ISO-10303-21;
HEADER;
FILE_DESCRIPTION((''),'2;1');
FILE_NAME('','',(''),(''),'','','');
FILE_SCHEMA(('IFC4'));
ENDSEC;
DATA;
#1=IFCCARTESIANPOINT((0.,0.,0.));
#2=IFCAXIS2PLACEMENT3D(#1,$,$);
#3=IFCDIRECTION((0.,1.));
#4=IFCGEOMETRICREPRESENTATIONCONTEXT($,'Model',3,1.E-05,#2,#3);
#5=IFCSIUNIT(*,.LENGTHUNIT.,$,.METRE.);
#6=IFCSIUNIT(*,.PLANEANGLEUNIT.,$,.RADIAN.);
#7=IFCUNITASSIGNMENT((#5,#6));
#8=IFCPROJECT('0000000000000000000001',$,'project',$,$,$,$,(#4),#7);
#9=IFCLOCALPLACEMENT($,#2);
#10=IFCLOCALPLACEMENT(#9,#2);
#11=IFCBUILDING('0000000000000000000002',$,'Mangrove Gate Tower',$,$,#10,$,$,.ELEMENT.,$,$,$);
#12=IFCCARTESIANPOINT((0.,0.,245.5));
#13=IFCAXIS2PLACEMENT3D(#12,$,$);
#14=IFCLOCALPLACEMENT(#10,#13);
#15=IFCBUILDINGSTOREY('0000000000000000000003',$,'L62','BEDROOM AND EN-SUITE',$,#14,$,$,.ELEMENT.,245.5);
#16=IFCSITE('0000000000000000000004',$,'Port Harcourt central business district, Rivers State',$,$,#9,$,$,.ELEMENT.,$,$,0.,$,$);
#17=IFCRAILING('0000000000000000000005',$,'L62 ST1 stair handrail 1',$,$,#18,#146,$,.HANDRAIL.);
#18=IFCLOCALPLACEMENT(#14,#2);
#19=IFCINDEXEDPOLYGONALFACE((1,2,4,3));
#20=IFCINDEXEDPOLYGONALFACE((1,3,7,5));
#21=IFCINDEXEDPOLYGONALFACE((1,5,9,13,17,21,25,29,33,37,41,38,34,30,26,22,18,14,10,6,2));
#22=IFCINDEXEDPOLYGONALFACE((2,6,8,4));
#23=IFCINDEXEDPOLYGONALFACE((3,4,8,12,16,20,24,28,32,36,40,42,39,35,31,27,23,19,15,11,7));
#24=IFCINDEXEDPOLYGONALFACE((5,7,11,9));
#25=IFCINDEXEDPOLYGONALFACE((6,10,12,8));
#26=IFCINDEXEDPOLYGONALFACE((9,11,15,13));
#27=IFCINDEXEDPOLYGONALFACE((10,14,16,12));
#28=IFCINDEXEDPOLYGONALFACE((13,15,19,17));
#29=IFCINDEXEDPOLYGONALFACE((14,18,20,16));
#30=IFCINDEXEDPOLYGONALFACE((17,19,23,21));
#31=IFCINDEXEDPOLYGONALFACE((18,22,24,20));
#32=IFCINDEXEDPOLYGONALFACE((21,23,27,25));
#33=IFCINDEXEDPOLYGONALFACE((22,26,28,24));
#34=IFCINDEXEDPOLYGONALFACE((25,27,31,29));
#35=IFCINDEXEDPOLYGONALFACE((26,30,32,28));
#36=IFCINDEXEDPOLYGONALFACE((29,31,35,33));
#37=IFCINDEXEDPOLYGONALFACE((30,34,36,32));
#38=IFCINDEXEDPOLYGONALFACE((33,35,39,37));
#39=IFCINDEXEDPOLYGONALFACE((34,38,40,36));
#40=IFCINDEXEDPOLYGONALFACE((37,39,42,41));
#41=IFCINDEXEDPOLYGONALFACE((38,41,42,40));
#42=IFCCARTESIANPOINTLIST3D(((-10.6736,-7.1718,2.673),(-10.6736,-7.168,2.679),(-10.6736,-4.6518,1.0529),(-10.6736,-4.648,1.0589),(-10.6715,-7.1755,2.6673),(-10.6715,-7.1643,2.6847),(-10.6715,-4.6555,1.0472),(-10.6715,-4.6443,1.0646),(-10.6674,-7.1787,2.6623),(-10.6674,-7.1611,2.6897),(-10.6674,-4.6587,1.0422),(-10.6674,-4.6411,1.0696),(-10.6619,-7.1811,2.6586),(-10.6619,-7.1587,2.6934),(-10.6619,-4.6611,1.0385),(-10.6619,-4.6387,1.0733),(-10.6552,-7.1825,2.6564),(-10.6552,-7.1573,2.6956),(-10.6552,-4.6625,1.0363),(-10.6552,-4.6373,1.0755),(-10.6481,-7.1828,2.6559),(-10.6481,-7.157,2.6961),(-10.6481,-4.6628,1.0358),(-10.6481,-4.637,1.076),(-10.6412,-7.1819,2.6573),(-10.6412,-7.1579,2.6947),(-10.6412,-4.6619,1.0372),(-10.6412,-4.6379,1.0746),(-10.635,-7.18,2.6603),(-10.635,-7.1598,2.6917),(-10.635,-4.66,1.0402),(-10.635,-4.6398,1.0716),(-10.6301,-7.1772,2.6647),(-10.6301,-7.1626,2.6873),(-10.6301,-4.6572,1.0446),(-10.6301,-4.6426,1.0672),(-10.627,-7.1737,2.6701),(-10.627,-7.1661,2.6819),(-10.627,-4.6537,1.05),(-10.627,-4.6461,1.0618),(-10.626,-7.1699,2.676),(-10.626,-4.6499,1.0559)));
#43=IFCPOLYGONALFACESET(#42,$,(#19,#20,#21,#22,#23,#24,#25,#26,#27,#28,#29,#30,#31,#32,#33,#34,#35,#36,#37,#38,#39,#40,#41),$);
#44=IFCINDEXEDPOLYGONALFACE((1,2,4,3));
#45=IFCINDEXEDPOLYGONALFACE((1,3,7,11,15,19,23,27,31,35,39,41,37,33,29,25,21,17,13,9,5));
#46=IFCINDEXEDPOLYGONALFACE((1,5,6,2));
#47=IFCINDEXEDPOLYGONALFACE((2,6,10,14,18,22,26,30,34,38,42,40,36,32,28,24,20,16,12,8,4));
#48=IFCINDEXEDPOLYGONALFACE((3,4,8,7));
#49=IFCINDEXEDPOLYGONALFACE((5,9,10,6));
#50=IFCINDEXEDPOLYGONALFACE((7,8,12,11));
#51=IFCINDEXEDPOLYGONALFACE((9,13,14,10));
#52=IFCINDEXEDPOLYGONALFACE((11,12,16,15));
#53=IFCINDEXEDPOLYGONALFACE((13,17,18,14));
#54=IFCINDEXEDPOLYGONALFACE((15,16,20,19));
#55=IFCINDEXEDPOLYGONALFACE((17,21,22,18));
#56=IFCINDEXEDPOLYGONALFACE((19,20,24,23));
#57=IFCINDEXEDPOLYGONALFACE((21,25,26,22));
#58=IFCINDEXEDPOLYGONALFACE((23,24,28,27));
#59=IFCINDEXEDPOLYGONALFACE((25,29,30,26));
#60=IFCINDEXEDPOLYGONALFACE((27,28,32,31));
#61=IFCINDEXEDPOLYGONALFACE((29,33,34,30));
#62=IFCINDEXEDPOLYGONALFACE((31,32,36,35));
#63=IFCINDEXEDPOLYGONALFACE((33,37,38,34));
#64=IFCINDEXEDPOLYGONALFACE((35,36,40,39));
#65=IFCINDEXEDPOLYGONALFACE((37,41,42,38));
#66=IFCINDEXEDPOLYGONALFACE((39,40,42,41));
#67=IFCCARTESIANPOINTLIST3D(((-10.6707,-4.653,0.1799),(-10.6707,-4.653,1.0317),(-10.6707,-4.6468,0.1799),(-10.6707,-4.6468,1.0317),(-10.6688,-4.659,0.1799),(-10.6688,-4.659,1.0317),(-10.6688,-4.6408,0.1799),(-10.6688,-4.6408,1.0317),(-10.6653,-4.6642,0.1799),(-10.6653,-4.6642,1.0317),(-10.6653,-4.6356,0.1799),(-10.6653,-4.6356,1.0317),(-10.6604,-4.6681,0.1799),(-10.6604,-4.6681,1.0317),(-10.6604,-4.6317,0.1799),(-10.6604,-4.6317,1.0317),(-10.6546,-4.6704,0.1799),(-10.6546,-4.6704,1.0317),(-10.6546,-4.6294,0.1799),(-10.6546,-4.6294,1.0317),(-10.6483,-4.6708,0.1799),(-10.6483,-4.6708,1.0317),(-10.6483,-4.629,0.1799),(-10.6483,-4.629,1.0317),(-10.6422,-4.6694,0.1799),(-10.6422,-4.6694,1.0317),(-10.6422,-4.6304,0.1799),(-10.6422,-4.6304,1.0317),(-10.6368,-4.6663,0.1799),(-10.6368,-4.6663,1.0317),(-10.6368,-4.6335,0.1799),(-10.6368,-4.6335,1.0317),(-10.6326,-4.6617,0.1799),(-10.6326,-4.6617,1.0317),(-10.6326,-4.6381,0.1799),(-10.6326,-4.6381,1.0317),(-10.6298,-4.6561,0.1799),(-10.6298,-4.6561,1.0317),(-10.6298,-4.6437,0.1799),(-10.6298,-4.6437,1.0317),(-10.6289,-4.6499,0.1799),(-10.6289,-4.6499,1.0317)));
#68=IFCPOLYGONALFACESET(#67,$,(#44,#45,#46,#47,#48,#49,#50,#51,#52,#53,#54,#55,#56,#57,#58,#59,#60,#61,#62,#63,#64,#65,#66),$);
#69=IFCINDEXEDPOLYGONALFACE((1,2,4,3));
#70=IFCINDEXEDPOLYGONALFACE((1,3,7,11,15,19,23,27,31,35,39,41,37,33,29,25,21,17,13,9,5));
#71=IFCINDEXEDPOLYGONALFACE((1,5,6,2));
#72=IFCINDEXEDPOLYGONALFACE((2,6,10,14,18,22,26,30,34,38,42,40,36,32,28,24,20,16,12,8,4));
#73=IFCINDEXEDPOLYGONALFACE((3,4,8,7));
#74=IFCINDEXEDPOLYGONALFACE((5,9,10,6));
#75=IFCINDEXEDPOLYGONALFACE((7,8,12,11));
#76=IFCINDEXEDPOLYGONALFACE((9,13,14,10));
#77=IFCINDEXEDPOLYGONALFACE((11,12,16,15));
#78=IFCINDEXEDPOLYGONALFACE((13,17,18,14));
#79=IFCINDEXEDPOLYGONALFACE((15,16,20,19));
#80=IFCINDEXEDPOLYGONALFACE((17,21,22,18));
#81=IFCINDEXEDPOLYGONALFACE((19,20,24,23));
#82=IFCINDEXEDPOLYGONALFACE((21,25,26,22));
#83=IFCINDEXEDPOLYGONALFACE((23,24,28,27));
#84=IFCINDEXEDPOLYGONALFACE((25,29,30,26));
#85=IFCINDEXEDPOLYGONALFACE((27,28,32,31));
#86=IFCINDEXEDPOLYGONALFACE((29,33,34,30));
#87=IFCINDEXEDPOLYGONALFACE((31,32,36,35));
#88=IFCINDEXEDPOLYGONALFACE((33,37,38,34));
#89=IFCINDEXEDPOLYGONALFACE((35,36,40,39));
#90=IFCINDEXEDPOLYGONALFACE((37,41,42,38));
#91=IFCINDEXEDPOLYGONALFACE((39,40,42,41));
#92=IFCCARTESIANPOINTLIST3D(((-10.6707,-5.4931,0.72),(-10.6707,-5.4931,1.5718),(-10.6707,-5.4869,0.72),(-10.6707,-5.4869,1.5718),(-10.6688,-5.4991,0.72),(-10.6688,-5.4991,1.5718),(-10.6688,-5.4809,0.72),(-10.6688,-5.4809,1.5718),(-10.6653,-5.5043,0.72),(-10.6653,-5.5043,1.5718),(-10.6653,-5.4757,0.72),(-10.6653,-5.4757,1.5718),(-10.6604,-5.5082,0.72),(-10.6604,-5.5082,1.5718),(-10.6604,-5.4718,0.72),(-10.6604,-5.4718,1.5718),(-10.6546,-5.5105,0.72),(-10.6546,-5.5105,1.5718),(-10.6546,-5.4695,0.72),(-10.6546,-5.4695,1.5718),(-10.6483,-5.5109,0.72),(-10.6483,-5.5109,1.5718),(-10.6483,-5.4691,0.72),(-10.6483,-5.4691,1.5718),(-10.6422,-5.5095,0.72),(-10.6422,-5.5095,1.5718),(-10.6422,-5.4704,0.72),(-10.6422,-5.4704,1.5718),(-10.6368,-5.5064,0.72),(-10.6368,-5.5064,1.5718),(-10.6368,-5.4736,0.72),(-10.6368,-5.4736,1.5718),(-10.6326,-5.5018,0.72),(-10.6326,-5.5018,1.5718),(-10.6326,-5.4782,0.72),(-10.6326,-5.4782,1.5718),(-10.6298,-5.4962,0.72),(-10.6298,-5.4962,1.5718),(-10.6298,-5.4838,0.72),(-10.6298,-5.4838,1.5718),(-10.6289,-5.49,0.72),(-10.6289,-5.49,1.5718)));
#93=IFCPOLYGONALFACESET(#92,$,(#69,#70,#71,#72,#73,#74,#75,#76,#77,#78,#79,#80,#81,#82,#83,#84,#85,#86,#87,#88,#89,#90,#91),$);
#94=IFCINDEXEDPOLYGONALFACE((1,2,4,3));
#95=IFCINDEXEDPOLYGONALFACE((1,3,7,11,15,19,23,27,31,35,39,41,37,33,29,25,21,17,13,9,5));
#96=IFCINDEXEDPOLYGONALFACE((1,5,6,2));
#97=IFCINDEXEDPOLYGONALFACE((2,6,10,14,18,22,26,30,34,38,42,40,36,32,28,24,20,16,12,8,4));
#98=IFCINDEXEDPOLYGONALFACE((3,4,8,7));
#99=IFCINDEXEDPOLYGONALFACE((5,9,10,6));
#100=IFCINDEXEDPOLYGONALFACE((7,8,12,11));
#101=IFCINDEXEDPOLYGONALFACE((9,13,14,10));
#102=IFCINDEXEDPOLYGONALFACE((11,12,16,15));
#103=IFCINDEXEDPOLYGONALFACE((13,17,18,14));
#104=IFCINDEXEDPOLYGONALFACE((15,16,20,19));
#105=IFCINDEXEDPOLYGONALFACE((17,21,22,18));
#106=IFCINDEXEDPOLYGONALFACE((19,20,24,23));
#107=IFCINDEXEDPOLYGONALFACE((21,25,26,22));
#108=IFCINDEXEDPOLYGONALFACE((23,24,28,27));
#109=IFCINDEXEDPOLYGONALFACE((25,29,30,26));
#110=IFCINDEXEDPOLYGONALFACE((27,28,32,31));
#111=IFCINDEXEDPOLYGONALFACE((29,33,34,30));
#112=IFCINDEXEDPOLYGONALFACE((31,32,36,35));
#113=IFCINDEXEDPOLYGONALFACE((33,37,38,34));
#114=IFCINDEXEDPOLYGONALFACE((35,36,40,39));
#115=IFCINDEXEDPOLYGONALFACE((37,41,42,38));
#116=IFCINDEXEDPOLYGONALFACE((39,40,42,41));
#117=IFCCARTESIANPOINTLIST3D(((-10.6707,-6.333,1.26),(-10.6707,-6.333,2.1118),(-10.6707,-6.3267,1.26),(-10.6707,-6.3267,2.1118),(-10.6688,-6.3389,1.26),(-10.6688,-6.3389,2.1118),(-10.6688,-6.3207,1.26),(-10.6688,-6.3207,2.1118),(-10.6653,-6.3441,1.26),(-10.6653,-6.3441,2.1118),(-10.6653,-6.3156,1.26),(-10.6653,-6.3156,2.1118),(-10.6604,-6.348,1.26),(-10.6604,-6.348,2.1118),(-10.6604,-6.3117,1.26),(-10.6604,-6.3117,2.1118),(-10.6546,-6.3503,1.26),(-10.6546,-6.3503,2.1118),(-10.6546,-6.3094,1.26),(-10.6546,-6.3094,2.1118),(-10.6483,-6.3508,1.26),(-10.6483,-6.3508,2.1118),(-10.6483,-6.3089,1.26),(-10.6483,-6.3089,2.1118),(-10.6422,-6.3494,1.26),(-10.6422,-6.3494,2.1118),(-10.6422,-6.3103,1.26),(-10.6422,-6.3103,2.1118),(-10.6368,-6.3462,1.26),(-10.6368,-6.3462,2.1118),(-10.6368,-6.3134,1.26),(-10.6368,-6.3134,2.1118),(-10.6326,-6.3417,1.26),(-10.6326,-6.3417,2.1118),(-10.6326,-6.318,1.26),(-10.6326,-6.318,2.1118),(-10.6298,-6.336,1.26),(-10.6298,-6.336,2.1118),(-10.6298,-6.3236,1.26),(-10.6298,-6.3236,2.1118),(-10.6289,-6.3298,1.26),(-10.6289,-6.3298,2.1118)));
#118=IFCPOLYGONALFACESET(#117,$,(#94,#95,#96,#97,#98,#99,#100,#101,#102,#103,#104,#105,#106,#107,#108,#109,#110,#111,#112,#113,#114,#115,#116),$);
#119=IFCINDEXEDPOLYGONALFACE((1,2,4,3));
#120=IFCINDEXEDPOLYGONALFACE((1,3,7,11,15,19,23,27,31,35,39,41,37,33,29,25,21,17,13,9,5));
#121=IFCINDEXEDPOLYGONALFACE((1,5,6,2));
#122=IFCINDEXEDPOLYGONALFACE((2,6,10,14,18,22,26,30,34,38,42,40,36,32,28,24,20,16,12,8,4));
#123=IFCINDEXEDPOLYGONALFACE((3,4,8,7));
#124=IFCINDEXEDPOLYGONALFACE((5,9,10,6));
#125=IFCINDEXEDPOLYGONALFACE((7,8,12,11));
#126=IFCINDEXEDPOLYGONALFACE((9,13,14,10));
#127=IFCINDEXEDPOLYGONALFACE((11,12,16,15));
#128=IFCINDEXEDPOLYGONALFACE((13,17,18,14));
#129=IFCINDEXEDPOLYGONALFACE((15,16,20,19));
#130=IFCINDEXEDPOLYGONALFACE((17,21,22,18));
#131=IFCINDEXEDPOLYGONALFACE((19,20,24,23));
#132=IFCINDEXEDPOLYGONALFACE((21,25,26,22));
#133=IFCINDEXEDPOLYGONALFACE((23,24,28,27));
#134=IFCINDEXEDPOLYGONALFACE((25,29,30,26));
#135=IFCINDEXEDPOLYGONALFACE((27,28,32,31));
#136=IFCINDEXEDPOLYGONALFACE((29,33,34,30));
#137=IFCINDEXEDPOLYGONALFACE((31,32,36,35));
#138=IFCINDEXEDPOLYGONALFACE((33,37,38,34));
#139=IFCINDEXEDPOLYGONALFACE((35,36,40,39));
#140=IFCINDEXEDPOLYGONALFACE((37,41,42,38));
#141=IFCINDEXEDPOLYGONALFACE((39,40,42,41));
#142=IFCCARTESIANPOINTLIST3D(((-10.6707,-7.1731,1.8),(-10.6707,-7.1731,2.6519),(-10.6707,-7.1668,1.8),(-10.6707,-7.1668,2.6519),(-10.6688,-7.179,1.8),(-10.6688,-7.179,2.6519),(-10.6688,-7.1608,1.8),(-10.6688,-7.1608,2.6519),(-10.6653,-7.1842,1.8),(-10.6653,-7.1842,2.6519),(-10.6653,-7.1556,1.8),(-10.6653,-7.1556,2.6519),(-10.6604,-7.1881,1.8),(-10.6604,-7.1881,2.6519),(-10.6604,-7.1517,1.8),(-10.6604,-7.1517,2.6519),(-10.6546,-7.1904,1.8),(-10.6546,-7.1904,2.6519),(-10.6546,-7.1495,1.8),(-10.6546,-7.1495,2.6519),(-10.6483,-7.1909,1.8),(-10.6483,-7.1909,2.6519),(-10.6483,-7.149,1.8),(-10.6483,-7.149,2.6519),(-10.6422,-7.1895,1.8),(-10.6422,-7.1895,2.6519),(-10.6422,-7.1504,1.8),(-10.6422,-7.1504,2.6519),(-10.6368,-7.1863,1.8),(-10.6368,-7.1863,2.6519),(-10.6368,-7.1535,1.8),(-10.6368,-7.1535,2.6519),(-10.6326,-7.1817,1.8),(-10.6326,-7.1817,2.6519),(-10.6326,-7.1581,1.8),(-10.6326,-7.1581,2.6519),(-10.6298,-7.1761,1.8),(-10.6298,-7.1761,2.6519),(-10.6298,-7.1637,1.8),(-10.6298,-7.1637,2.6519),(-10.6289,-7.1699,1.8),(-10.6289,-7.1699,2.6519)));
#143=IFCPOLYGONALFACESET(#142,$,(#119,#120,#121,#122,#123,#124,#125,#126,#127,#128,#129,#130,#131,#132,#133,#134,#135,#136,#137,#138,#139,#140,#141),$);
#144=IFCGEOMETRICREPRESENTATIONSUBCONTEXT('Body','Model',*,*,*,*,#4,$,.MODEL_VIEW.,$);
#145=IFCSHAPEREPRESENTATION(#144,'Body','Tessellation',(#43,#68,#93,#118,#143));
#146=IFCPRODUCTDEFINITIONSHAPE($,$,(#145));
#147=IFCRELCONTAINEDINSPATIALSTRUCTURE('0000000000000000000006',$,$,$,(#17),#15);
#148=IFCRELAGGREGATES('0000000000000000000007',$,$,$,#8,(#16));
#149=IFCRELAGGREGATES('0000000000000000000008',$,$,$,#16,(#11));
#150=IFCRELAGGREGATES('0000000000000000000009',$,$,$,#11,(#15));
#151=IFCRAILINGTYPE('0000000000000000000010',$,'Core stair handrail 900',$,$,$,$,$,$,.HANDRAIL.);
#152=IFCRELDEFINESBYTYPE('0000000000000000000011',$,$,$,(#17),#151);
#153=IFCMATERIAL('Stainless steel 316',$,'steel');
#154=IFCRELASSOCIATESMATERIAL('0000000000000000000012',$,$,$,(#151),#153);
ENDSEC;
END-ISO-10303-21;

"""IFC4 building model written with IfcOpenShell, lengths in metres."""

from ifc_helpers import new_model, si_unit, direction, frame, origin, origin_2d, place, context, subcontext, project, spatial, circle, extrude, material, type_object, element, save


model = new_model("IFC4")

# Units and contexts
model_context = context("Model", 3, precision=1e-05, world=origin(), true_north=direction((0.0, 1.0)))
body_context = subcontext(model_context, "Body", "Model", "MODEL_VIEW")
ifc_project = project(units=[si_unit("LENGTHUNIT", "METRE"), si_unit("PLANEANGLEUNIT", "RADIAN")], contexts=[model_context])

# Site, building, storey
site_placement = place(None, origin())
site = spatial("IfcSite", under=ifc_project, at=site_placement, Name="Port Harcourt central business district, Rivers State", CompositionType="ELEMENT", RefElevation=0.0)
building_placement = place(site_placement, origin())
building = spatial("IfcBuilding", under=site, at=building_placement, Name="Mangrove Gate Tower", CompositionType="ELEMENT")
storey_placement = place(building_placement, frame((0.0, 0.0, 245.5)))
storey = spatial("IfcBuildingStorey", under=building, at=storey_placement, Name="L62", Description="BEDROOM AND EN-SUITE", CompositionType="ELEMENT", Elevation=245.5)

# Railing
ifc_material_1 = material(Name="Stainless steel 316", Category="steel")
railing_type_1 = type_object("IfcRailingType", Name="Core stair handrail 900", PredefinedType="HANDRAIL", material=ifc_material_1)
railing_1_placement = place(storey_placement, frame((-10.6499, -4.6499, 0.1799)))
element("IfcRailing", 1, at=railing_1_placement, inside=storey, type_object=railing_type_1, Name="L62 ST1 stair handrail 1", PredefinedType="HANDRAIL", context=body_context, shape_type="SweptSolid", body=[
    extrude(circle(Radius=0.0239, at=origin_2d()), frame((0.0, 0.0, 0.876), z_axis=(0.0, -0.841163, 0.540782), x_axis=(1.0, 0.0, 0.0)), (0.0, 0.0, 1.0), 2.9958),
    extrude(circle(Radius=0.021, at=origin_2d()), origin(), (0.0, 0.0, 1.0), 0.8518),
    extrude(circle(Radius=0.021, at=origin_2d()), frame((0.0, -0.8401, 0.54)), (0.0, 0.0, 1.0), 0.8518),
    extrude(circle(Radius=0.021, at=origin_2d()), frame((0.0, -1.6799, 1.0801)), (0.0, 0.0, 1.0), 0.8518),
    extrude(circle(Radius=0.021, at=origin_2d()), frame((0.0, -2.52, 1.6201)), (0.0, 0.0, 1.0), 0.8518),
])

save(model, "model.ifc")
